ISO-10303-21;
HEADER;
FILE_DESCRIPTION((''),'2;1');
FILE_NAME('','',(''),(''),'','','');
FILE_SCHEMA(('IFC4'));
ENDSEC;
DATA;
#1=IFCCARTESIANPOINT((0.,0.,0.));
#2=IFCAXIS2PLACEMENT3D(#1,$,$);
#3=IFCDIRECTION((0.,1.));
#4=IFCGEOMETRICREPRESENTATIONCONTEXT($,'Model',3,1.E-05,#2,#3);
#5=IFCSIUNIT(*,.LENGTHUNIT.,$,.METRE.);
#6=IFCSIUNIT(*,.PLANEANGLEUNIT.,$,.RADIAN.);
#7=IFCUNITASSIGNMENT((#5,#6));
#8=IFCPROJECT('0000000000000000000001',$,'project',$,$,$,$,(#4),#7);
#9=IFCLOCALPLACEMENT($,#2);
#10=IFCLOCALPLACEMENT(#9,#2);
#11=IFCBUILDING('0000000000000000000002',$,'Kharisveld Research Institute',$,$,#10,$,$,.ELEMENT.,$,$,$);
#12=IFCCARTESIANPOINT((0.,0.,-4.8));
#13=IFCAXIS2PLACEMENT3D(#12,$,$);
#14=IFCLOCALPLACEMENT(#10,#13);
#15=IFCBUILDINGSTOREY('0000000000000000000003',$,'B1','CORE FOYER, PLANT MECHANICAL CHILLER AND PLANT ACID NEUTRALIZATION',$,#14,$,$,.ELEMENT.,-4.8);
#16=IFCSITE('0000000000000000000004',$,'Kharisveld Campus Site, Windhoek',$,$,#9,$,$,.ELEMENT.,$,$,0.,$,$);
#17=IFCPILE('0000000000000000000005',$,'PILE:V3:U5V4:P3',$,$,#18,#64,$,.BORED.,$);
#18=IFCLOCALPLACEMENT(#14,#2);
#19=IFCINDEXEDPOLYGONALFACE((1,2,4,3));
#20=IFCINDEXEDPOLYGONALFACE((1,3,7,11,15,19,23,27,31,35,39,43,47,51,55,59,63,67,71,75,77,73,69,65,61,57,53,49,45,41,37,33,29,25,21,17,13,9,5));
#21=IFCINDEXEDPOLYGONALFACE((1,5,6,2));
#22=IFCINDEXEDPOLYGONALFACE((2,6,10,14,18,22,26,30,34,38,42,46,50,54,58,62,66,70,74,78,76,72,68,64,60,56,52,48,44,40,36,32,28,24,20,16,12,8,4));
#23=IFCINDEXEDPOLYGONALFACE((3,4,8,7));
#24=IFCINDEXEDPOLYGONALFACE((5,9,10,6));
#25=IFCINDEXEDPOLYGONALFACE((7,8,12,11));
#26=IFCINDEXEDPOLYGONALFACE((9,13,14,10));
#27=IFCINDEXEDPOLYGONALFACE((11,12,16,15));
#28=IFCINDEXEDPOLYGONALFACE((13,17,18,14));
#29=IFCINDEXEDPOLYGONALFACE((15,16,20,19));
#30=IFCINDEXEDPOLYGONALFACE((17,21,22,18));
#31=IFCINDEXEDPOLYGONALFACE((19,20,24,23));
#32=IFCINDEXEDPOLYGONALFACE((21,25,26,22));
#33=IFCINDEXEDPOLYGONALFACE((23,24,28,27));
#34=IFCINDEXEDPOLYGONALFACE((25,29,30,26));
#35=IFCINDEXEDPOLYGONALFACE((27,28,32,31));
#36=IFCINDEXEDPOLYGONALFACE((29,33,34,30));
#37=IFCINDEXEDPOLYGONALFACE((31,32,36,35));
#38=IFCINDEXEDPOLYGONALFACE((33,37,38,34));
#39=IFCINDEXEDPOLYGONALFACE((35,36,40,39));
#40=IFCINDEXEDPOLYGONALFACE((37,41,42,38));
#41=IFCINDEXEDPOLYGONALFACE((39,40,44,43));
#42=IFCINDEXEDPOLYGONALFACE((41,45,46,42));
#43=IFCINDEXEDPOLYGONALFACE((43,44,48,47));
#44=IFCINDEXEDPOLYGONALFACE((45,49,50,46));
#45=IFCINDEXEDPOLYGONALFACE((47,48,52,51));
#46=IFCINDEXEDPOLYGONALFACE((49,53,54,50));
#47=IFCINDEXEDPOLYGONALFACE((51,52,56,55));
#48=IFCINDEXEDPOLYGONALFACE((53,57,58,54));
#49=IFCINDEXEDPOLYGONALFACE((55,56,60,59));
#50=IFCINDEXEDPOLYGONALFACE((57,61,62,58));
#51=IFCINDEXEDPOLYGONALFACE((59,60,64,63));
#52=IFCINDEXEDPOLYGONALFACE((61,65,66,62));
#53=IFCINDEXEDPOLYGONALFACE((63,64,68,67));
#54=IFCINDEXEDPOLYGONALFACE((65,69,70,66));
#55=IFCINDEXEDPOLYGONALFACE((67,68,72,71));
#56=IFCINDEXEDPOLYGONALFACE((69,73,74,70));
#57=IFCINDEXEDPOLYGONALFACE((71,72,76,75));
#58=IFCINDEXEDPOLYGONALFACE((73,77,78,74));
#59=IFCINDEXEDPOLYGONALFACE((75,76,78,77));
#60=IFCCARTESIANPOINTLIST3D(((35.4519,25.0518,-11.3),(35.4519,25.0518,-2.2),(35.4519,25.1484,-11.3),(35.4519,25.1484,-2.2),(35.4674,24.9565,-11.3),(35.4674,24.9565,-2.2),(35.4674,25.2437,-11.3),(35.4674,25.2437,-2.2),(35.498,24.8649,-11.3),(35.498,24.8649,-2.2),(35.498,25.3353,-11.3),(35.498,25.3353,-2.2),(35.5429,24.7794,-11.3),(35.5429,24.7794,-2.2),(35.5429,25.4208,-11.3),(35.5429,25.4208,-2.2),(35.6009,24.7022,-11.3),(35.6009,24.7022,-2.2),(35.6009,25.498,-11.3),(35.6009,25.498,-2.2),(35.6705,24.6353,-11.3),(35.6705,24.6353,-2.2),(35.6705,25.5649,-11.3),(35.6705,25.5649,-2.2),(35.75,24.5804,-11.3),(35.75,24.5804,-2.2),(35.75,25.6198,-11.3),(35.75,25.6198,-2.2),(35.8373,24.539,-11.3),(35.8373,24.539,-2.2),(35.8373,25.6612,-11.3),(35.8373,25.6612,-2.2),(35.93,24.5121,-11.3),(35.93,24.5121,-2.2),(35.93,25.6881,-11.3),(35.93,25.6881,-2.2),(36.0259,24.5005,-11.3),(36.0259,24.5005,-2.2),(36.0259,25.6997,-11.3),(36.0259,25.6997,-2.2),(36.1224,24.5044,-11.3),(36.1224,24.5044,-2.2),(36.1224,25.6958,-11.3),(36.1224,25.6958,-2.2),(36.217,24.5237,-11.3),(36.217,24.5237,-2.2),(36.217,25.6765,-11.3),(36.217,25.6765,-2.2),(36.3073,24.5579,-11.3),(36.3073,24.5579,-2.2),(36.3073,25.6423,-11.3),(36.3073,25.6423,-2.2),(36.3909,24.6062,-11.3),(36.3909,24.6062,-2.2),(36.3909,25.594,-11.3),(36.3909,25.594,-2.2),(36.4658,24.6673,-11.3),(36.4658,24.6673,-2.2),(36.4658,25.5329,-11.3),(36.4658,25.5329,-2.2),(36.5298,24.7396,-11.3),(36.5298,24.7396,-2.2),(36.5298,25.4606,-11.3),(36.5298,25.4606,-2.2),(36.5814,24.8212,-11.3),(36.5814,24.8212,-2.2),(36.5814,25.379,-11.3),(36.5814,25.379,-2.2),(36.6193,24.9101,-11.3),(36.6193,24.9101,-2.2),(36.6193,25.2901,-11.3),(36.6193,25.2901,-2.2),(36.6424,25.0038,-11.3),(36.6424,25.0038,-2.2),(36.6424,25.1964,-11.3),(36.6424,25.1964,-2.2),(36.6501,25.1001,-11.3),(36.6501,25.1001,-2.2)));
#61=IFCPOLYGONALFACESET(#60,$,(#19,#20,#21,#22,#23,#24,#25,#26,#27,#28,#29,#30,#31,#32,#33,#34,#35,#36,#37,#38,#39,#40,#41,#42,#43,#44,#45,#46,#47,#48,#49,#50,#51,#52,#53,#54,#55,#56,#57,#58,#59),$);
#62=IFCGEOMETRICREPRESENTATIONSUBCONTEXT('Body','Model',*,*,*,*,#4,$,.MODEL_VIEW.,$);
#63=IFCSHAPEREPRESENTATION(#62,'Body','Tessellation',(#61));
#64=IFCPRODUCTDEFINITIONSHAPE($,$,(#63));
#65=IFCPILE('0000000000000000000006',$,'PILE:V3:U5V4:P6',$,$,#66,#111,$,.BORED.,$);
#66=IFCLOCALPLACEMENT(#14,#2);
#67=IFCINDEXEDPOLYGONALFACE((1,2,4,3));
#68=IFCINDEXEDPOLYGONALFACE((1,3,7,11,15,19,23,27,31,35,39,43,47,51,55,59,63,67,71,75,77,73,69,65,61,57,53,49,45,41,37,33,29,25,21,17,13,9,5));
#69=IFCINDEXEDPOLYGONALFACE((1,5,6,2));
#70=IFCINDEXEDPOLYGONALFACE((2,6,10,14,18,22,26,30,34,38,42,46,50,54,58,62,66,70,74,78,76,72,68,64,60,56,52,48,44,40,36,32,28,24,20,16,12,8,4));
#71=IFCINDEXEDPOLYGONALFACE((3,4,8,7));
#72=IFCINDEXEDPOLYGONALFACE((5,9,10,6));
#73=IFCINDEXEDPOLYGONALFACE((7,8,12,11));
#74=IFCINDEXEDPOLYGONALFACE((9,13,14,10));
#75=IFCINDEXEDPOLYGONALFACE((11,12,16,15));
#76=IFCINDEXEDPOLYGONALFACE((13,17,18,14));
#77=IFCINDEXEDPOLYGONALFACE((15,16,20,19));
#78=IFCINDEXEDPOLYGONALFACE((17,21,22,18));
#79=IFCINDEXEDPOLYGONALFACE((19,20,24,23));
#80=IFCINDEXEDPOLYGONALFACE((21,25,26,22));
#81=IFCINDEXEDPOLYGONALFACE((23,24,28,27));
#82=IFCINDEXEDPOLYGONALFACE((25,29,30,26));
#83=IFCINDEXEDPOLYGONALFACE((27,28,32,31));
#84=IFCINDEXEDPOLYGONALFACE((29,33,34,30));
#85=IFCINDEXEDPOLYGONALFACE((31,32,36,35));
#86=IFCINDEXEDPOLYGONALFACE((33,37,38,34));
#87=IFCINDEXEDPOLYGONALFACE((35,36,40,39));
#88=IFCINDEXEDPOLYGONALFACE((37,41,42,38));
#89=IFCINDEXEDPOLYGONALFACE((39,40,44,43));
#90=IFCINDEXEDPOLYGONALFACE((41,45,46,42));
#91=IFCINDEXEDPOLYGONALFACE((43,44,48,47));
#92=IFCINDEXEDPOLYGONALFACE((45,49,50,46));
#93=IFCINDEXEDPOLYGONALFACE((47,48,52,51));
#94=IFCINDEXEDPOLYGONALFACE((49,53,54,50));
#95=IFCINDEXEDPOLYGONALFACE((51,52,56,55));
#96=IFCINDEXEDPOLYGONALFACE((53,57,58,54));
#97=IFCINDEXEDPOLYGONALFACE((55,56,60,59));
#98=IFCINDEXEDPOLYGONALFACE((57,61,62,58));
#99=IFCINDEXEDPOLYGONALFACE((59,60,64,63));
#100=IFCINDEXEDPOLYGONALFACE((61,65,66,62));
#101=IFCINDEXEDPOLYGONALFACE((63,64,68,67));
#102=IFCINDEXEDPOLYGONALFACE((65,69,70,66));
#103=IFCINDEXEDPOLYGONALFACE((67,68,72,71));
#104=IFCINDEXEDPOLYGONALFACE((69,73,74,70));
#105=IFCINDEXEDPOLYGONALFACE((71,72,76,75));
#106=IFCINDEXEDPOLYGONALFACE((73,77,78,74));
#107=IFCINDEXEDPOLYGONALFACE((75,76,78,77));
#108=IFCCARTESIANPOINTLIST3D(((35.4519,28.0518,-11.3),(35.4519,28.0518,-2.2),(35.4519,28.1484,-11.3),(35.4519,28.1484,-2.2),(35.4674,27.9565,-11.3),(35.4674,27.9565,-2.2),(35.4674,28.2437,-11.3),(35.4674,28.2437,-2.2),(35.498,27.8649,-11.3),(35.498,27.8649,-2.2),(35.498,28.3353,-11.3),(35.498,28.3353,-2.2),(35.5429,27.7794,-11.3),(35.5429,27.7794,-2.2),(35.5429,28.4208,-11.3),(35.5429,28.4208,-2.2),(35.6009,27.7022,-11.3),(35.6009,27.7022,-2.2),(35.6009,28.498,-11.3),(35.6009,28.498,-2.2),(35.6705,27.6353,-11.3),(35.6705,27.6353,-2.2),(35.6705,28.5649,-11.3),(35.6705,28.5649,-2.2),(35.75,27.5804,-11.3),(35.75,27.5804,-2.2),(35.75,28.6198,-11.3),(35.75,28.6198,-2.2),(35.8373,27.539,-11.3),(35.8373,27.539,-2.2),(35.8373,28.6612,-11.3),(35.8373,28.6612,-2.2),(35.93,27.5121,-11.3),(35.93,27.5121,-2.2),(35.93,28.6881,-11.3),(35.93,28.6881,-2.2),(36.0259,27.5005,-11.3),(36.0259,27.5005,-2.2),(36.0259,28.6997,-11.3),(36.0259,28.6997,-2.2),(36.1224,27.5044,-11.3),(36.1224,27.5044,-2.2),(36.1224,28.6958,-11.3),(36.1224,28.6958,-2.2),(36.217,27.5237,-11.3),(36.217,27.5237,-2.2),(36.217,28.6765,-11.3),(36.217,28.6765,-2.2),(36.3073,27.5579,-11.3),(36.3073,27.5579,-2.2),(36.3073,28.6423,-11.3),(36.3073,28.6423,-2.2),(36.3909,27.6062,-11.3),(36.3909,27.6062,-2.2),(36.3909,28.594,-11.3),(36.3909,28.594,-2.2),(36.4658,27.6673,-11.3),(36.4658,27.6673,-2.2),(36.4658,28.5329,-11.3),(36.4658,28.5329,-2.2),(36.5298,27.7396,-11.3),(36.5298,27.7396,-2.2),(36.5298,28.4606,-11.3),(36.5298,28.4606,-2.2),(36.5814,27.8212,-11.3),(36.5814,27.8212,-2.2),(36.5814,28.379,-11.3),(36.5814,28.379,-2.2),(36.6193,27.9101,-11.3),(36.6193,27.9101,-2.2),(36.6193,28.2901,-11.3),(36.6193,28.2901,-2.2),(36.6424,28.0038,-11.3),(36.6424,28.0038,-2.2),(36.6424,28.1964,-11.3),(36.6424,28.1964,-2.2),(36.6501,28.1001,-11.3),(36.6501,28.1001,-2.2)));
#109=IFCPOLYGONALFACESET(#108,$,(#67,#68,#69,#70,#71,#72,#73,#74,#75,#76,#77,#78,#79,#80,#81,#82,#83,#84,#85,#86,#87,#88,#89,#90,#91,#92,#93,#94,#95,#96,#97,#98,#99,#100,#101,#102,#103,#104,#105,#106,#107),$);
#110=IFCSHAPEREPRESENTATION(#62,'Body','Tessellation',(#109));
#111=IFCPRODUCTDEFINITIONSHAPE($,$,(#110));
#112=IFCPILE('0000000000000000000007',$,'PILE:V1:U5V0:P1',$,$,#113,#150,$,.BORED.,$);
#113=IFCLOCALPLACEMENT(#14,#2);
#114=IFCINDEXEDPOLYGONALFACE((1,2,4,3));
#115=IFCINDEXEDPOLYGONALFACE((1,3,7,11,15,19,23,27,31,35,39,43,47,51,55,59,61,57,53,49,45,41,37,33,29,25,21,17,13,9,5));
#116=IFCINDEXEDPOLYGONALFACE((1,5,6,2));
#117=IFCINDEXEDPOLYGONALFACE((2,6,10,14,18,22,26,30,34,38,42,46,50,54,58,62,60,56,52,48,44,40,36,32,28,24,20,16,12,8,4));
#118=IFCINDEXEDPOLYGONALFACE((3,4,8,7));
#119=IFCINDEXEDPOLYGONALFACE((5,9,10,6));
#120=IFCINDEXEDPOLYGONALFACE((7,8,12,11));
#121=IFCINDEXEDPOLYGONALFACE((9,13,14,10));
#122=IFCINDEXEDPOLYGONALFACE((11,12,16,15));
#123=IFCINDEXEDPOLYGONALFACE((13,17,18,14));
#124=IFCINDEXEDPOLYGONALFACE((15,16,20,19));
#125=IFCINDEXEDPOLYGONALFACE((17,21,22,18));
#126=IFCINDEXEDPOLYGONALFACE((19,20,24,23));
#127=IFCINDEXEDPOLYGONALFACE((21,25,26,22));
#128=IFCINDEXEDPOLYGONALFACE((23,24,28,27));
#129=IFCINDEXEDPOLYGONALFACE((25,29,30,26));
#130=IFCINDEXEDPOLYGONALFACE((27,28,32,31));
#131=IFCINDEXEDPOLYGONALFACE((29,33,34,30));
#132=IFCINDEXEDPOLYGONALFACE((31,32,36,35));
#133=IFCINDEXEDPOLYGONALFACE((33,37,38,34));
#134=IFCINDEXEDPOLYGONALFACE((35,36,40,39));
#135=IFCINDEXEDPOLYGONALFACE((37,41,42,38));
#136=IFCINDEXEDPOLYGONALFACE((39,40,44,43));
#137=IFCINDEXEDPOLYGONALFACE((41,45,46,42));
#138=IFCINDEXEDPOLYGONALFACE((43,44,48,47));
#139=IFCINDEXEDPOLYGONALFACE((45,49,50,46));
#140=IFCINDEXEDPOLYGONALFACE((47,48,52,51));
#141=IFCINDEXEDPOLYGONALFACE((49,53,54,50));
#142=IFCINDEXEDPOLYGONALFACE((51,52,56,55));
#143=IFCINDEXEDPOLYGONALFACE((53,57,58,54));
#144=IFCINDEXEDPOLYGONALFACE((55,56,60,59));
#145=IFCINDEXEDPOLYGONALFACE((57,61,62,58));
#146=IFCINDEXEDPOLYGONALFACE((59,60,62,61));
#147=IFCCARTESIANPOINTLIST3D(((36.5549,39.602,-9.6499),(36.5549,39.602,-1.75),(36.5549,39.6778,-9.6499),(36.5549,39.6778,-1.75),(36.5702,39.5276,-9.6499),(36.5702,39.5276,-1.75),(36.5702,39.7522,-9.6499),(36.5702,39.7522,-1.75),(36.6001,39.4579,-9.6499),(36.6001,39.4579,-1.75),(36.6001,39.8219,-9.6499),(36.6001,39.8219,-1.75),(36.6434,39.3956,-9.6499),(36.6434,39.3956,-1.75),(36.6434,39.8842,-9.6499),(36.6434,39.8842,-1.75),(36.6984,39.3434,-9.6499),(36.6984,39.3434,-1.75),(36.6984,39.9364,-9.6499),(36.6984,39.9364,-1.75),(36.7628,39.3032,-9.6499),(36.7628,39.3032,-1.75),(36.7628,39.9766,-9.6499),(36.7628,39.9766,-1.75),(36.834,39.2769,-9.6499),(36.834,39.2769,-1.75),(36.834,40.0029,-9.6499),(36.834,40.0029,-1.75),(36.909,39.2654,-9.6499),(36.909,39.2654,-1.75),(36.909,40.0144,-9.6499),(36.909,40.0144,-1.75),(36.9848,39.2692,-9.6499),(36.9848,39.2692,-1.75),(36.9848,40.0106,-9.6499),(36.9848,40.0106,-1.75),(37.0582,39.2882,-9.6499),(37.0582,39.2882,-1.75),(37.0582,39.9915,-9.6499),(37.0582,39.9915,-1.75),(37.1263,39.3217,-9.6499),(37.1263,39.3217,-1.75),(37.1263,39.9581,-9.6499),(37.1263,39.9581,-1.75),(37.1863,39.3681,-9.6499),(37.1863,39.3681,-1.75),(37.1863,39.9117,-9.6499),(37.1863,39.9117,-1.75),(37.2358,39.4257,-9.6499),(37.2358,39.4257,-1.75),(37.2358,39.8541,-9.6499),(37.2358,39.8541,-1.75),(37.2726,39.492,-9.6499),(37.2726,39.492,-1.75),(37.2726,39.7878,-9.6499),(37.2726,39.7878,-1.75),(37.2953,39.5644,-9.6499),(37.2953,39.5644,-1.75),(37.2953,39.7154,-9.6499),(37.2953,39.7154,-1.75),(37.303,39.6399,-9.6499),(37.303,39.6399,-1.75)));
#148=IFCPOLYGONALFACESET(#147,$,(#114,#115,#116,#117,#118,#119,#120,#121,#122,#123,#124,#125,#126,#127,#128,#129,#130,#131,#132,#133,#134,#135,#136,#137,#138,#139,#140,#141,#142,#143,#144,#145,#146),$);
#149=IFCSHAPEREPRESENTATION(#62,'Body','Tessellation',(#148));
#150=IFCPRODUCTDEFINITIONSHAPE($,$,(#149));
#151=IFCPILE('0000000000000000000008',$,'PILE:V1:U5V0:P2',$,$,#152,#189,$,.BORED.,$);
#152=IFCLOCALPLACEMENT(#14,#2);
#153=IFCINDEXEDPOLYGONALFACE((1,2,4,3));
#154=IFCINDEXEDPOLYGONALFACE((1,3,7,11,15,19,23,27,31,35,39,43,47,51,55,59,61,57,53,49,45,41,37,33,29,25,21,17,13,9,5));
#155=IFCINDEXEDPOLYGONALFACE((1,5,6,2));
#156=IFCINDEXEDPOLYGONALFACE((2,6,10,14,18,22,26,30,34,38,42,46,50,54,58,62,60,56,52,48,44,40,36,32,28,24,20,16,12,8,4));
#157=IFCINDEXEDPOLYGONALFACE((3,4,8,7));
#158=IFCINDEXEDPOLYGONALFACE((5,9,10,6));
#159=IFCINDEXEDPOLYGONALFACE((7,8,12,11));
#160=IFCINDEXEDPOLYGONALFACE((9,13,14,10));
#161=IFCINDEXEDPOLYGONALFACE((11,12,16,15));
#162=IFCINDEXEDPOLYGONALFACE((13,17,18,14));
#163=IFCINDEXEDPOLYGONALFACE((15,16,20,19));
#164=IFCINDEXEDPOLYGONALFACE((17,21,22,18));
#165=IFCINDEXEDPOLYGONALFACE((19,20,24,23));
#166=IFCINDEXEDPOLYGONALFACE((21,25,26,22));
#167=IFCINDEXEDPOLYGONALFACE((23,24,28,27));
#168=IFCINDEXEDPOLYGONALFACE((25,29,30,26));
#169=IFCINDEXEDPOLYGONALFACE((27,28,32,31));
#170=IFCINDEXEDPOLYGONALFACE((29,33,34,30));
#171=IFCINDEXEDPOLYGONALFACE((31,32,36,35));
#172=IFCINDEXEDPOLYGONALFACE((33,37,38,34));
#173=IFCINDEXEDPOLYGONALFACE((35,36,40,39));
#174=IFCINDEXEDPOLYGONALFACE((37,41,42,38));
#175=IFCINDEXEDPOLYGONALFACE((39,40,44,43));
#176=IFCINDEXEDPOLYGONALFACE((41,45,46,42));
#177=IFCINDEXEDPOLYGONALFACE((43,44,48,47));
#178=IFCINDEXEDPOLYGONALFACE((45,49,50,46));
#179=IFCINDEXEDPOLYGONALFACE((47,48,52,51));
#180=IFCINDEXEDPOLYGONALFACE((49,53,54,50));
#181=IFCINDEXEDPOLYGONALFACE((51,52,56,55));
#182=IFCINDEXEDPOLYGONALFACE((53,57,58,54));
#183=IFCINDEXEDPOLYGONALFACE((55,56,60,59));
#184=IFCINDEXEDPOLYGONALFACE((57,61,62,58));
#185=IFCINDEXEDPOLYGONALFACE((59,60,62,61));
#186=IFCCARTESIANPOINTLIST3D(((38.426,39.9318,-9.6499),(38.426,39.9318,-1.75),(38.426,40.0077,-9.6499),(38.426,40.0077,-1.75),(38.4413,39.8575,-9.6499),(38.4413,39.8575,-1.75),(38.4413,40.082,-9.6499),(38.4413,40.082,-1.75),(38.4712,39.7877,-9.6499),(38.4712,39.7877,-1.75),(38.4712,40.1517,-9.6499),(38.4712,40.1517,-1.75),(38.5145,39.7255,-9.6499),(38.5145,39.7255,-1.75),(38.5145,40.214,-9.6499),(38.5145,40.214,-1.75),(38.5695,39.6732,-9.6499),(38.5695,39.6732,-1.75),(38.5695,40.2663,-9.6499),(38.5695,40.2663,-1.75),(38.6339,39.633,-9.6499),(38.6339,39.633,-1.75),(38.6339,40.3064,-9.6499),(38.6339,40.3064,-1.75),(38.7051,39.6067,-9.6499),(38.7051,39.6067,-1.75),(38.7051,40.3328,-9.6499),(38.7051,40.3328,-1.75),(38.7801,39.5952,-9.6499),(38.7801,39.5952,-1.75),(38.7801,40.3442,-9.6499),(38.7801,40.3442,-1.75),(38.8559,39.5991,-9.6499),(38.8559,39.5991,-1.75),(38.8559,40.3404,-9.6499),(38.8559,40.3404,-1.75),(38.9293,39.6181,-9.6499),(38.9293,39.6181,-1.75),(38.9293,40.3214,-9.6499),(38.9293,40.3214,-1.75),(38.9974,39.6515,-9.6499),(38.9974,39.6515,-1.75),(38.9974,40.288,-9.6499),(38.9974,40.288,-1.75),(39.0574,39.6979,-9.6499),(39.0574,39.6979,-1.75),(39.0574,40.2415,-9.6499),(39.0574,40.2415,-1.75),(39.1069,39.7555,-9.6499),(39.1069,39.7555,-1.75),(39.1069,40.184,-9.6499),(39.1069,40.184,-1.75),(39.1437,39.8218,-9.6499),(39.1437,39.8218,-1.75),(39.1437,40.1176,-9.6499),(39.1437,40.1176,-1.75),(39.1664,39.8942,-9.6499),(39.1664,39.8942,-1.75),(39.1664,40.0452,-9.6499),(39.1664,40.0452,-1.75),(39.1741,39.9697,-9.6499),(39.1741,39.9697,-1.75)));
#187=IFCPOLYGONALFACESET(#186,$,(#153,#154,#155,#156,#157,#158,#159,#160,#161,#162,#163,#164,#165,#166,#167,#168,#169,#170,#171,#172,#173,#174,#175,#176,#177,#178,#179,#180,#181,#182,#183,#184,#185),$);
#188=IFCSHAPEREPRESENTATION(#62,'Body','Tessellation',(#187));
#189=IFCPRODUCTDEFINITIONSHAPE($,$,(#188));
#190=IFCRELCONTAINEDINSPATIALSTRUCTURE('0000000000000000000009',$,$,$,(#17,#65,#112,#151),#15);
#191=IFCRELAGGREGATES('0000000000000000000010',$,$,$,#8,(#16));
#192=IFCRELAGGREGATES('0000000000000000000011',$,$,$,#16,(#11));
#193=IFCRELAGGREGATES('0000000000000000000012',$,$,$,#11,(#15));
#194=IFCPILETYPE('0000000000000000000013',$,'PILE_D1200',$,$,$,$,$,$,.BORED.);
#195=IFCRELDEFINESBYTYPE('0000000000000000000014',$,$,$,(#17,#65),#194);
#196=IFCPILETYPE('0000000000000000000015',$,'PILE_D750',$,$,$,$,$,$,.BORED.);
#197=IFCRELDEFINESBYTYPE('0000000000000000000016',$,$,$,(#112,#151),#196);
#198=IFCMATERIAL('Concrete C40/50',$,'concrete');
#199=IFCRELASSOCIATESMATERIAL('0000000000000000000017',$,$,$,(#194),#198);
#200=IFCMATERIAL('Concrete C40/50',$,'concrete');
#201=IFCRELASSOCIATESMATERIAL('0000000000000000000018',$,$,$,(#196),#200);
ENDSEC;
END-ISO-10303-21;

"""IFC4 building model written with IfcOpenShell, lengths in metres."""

from ifc_helpers import new_model, si_unit, direction, frame, origin, origin_2d, place, context, subcontext, project, spatial, circle, extrude, material, material_profile, profile_set, type_object, element, save


model = new_model("IFC4")

# Units and contexts
model_context = context("Model", 3, precision=1e-05, world=origin(), true_north=direction((0.0, 1.0)))
body_context = subcontext(model_context, "Body", "Model", "MODEL_VIEW")
ifc_project = project(units=[si_unit("LENGTHUNIT", "METRE"), si_unit("PLANEANGLEUNIT", "RADIAN")], contexts=[model_context])

# Site, building, storey
site_placement = place(None, origin())
site = spatial("IfcSite", under=ifc_project, at=site_placement, Name="Kharisveld Campus Site, Windhoek", CompositionType="ELEMENT", RefElevation=0.0)
building_placement = place(site_placement, origin())
building = spatial("IfcBuilding", under=site, at=building_placement, Name="Kharisveld Research Institute", CompositionType="ELEMENT")
storey_placement = place(building_placement, frame((0.0, 0.0, -4.8)))
storey = spatial("IfcBuildingStorey", under=building, at=storey_placement, Name="B1", Description="CORE FOYER, PLANT MECHANICAL CHILLER AND PLANT ACID NEUTRALIZATION", CompositionType="ELEMENT", Elevation=-4.8)

# Piles
ifc_material_1 = material(Name="Concrete C40/50", Category="concrete")
ifc_material_profile_1 = material_profile(ifc_material_1, circle(Radius=0.6001, at=origin_2d()))
ifc_profile_set_1 = profile_set([ifc_material_profile_1], Name="Concrete C40/50")
pile_type_1 = type_object("IfcPileType", Name="PILE_D1200", PredefinedType="BORED", material=ifc_profile_set_1)
for number, where, z_axis, x_axis, name in (
    (1, (36.05, 25.1001, -2.2), (0.0, 0.0, -1.0), (1.0, 0.0, 0.0), "PILE:V3:U5V4:P3"),
    (2, (36.05, 28.1001, -2.2), (0.0, 0.0, -1.0), (1.0, 0.0, 0.0), "PILE:V3:U5V4:P6"),
):
    element("IfcPile", number, at=place(storey_placement, frame(where, z_axis=z_axis, x_axis=x_axis)), inside=storey, type_object=pile_type_1, Name=name, PredefinedType="BORED", context=body_context, shape_type="SweptSolid", body=[
        extrude(circle(Radius=0.6001, at=origin_2d()), origin(), (0.0, 0.0, 1.0), 9.1001),
    ])
ifc_material_2 = material(Name="Concrete C40/50", Category="concrete")
ifc_material_profile_2 = material_profile(ifc_material_2, circle(Radius=0.375, at=origin_2d()))
ifc_profile_set_2 = profile_set([ifc_material_profile_2], Name="Concrete C40/50")
pile_type_2 = type_object("IfcPileType", Name="PILE_D750", PredefinedType="BORED", material=ifc_profile_set_2)
for number, where, z_axis, x_axis, name in (
    (3, (36.928, 39.6399, -1.75), (0.0, 0.0, -1.0), (1.0, 0.0, 0.0), "PILE:V1:U5V0:P1"),
    (4, (38.7991, 39.9697, -1.75), (0.0, 0.0, -1.0), (1.0, 0.0, 0.0), "PILE:V1:U5V0:P2"),
):
    element("IfcPile", number, at=place(storey_placement, frame(where, z_axis=z_axis, x_axis=x_axis)), inside=storey, type_object=pile_type_2, Name=name, PredefinedType="BORED", context=body_context, shape_type="SweptSolid", body=[
        extrude(circle(Radius=0.375, at=origin_2d()), origin(), (0.0, 0.0, 1.0), 7.8999),
    ])

save(model, "model.ifc")
